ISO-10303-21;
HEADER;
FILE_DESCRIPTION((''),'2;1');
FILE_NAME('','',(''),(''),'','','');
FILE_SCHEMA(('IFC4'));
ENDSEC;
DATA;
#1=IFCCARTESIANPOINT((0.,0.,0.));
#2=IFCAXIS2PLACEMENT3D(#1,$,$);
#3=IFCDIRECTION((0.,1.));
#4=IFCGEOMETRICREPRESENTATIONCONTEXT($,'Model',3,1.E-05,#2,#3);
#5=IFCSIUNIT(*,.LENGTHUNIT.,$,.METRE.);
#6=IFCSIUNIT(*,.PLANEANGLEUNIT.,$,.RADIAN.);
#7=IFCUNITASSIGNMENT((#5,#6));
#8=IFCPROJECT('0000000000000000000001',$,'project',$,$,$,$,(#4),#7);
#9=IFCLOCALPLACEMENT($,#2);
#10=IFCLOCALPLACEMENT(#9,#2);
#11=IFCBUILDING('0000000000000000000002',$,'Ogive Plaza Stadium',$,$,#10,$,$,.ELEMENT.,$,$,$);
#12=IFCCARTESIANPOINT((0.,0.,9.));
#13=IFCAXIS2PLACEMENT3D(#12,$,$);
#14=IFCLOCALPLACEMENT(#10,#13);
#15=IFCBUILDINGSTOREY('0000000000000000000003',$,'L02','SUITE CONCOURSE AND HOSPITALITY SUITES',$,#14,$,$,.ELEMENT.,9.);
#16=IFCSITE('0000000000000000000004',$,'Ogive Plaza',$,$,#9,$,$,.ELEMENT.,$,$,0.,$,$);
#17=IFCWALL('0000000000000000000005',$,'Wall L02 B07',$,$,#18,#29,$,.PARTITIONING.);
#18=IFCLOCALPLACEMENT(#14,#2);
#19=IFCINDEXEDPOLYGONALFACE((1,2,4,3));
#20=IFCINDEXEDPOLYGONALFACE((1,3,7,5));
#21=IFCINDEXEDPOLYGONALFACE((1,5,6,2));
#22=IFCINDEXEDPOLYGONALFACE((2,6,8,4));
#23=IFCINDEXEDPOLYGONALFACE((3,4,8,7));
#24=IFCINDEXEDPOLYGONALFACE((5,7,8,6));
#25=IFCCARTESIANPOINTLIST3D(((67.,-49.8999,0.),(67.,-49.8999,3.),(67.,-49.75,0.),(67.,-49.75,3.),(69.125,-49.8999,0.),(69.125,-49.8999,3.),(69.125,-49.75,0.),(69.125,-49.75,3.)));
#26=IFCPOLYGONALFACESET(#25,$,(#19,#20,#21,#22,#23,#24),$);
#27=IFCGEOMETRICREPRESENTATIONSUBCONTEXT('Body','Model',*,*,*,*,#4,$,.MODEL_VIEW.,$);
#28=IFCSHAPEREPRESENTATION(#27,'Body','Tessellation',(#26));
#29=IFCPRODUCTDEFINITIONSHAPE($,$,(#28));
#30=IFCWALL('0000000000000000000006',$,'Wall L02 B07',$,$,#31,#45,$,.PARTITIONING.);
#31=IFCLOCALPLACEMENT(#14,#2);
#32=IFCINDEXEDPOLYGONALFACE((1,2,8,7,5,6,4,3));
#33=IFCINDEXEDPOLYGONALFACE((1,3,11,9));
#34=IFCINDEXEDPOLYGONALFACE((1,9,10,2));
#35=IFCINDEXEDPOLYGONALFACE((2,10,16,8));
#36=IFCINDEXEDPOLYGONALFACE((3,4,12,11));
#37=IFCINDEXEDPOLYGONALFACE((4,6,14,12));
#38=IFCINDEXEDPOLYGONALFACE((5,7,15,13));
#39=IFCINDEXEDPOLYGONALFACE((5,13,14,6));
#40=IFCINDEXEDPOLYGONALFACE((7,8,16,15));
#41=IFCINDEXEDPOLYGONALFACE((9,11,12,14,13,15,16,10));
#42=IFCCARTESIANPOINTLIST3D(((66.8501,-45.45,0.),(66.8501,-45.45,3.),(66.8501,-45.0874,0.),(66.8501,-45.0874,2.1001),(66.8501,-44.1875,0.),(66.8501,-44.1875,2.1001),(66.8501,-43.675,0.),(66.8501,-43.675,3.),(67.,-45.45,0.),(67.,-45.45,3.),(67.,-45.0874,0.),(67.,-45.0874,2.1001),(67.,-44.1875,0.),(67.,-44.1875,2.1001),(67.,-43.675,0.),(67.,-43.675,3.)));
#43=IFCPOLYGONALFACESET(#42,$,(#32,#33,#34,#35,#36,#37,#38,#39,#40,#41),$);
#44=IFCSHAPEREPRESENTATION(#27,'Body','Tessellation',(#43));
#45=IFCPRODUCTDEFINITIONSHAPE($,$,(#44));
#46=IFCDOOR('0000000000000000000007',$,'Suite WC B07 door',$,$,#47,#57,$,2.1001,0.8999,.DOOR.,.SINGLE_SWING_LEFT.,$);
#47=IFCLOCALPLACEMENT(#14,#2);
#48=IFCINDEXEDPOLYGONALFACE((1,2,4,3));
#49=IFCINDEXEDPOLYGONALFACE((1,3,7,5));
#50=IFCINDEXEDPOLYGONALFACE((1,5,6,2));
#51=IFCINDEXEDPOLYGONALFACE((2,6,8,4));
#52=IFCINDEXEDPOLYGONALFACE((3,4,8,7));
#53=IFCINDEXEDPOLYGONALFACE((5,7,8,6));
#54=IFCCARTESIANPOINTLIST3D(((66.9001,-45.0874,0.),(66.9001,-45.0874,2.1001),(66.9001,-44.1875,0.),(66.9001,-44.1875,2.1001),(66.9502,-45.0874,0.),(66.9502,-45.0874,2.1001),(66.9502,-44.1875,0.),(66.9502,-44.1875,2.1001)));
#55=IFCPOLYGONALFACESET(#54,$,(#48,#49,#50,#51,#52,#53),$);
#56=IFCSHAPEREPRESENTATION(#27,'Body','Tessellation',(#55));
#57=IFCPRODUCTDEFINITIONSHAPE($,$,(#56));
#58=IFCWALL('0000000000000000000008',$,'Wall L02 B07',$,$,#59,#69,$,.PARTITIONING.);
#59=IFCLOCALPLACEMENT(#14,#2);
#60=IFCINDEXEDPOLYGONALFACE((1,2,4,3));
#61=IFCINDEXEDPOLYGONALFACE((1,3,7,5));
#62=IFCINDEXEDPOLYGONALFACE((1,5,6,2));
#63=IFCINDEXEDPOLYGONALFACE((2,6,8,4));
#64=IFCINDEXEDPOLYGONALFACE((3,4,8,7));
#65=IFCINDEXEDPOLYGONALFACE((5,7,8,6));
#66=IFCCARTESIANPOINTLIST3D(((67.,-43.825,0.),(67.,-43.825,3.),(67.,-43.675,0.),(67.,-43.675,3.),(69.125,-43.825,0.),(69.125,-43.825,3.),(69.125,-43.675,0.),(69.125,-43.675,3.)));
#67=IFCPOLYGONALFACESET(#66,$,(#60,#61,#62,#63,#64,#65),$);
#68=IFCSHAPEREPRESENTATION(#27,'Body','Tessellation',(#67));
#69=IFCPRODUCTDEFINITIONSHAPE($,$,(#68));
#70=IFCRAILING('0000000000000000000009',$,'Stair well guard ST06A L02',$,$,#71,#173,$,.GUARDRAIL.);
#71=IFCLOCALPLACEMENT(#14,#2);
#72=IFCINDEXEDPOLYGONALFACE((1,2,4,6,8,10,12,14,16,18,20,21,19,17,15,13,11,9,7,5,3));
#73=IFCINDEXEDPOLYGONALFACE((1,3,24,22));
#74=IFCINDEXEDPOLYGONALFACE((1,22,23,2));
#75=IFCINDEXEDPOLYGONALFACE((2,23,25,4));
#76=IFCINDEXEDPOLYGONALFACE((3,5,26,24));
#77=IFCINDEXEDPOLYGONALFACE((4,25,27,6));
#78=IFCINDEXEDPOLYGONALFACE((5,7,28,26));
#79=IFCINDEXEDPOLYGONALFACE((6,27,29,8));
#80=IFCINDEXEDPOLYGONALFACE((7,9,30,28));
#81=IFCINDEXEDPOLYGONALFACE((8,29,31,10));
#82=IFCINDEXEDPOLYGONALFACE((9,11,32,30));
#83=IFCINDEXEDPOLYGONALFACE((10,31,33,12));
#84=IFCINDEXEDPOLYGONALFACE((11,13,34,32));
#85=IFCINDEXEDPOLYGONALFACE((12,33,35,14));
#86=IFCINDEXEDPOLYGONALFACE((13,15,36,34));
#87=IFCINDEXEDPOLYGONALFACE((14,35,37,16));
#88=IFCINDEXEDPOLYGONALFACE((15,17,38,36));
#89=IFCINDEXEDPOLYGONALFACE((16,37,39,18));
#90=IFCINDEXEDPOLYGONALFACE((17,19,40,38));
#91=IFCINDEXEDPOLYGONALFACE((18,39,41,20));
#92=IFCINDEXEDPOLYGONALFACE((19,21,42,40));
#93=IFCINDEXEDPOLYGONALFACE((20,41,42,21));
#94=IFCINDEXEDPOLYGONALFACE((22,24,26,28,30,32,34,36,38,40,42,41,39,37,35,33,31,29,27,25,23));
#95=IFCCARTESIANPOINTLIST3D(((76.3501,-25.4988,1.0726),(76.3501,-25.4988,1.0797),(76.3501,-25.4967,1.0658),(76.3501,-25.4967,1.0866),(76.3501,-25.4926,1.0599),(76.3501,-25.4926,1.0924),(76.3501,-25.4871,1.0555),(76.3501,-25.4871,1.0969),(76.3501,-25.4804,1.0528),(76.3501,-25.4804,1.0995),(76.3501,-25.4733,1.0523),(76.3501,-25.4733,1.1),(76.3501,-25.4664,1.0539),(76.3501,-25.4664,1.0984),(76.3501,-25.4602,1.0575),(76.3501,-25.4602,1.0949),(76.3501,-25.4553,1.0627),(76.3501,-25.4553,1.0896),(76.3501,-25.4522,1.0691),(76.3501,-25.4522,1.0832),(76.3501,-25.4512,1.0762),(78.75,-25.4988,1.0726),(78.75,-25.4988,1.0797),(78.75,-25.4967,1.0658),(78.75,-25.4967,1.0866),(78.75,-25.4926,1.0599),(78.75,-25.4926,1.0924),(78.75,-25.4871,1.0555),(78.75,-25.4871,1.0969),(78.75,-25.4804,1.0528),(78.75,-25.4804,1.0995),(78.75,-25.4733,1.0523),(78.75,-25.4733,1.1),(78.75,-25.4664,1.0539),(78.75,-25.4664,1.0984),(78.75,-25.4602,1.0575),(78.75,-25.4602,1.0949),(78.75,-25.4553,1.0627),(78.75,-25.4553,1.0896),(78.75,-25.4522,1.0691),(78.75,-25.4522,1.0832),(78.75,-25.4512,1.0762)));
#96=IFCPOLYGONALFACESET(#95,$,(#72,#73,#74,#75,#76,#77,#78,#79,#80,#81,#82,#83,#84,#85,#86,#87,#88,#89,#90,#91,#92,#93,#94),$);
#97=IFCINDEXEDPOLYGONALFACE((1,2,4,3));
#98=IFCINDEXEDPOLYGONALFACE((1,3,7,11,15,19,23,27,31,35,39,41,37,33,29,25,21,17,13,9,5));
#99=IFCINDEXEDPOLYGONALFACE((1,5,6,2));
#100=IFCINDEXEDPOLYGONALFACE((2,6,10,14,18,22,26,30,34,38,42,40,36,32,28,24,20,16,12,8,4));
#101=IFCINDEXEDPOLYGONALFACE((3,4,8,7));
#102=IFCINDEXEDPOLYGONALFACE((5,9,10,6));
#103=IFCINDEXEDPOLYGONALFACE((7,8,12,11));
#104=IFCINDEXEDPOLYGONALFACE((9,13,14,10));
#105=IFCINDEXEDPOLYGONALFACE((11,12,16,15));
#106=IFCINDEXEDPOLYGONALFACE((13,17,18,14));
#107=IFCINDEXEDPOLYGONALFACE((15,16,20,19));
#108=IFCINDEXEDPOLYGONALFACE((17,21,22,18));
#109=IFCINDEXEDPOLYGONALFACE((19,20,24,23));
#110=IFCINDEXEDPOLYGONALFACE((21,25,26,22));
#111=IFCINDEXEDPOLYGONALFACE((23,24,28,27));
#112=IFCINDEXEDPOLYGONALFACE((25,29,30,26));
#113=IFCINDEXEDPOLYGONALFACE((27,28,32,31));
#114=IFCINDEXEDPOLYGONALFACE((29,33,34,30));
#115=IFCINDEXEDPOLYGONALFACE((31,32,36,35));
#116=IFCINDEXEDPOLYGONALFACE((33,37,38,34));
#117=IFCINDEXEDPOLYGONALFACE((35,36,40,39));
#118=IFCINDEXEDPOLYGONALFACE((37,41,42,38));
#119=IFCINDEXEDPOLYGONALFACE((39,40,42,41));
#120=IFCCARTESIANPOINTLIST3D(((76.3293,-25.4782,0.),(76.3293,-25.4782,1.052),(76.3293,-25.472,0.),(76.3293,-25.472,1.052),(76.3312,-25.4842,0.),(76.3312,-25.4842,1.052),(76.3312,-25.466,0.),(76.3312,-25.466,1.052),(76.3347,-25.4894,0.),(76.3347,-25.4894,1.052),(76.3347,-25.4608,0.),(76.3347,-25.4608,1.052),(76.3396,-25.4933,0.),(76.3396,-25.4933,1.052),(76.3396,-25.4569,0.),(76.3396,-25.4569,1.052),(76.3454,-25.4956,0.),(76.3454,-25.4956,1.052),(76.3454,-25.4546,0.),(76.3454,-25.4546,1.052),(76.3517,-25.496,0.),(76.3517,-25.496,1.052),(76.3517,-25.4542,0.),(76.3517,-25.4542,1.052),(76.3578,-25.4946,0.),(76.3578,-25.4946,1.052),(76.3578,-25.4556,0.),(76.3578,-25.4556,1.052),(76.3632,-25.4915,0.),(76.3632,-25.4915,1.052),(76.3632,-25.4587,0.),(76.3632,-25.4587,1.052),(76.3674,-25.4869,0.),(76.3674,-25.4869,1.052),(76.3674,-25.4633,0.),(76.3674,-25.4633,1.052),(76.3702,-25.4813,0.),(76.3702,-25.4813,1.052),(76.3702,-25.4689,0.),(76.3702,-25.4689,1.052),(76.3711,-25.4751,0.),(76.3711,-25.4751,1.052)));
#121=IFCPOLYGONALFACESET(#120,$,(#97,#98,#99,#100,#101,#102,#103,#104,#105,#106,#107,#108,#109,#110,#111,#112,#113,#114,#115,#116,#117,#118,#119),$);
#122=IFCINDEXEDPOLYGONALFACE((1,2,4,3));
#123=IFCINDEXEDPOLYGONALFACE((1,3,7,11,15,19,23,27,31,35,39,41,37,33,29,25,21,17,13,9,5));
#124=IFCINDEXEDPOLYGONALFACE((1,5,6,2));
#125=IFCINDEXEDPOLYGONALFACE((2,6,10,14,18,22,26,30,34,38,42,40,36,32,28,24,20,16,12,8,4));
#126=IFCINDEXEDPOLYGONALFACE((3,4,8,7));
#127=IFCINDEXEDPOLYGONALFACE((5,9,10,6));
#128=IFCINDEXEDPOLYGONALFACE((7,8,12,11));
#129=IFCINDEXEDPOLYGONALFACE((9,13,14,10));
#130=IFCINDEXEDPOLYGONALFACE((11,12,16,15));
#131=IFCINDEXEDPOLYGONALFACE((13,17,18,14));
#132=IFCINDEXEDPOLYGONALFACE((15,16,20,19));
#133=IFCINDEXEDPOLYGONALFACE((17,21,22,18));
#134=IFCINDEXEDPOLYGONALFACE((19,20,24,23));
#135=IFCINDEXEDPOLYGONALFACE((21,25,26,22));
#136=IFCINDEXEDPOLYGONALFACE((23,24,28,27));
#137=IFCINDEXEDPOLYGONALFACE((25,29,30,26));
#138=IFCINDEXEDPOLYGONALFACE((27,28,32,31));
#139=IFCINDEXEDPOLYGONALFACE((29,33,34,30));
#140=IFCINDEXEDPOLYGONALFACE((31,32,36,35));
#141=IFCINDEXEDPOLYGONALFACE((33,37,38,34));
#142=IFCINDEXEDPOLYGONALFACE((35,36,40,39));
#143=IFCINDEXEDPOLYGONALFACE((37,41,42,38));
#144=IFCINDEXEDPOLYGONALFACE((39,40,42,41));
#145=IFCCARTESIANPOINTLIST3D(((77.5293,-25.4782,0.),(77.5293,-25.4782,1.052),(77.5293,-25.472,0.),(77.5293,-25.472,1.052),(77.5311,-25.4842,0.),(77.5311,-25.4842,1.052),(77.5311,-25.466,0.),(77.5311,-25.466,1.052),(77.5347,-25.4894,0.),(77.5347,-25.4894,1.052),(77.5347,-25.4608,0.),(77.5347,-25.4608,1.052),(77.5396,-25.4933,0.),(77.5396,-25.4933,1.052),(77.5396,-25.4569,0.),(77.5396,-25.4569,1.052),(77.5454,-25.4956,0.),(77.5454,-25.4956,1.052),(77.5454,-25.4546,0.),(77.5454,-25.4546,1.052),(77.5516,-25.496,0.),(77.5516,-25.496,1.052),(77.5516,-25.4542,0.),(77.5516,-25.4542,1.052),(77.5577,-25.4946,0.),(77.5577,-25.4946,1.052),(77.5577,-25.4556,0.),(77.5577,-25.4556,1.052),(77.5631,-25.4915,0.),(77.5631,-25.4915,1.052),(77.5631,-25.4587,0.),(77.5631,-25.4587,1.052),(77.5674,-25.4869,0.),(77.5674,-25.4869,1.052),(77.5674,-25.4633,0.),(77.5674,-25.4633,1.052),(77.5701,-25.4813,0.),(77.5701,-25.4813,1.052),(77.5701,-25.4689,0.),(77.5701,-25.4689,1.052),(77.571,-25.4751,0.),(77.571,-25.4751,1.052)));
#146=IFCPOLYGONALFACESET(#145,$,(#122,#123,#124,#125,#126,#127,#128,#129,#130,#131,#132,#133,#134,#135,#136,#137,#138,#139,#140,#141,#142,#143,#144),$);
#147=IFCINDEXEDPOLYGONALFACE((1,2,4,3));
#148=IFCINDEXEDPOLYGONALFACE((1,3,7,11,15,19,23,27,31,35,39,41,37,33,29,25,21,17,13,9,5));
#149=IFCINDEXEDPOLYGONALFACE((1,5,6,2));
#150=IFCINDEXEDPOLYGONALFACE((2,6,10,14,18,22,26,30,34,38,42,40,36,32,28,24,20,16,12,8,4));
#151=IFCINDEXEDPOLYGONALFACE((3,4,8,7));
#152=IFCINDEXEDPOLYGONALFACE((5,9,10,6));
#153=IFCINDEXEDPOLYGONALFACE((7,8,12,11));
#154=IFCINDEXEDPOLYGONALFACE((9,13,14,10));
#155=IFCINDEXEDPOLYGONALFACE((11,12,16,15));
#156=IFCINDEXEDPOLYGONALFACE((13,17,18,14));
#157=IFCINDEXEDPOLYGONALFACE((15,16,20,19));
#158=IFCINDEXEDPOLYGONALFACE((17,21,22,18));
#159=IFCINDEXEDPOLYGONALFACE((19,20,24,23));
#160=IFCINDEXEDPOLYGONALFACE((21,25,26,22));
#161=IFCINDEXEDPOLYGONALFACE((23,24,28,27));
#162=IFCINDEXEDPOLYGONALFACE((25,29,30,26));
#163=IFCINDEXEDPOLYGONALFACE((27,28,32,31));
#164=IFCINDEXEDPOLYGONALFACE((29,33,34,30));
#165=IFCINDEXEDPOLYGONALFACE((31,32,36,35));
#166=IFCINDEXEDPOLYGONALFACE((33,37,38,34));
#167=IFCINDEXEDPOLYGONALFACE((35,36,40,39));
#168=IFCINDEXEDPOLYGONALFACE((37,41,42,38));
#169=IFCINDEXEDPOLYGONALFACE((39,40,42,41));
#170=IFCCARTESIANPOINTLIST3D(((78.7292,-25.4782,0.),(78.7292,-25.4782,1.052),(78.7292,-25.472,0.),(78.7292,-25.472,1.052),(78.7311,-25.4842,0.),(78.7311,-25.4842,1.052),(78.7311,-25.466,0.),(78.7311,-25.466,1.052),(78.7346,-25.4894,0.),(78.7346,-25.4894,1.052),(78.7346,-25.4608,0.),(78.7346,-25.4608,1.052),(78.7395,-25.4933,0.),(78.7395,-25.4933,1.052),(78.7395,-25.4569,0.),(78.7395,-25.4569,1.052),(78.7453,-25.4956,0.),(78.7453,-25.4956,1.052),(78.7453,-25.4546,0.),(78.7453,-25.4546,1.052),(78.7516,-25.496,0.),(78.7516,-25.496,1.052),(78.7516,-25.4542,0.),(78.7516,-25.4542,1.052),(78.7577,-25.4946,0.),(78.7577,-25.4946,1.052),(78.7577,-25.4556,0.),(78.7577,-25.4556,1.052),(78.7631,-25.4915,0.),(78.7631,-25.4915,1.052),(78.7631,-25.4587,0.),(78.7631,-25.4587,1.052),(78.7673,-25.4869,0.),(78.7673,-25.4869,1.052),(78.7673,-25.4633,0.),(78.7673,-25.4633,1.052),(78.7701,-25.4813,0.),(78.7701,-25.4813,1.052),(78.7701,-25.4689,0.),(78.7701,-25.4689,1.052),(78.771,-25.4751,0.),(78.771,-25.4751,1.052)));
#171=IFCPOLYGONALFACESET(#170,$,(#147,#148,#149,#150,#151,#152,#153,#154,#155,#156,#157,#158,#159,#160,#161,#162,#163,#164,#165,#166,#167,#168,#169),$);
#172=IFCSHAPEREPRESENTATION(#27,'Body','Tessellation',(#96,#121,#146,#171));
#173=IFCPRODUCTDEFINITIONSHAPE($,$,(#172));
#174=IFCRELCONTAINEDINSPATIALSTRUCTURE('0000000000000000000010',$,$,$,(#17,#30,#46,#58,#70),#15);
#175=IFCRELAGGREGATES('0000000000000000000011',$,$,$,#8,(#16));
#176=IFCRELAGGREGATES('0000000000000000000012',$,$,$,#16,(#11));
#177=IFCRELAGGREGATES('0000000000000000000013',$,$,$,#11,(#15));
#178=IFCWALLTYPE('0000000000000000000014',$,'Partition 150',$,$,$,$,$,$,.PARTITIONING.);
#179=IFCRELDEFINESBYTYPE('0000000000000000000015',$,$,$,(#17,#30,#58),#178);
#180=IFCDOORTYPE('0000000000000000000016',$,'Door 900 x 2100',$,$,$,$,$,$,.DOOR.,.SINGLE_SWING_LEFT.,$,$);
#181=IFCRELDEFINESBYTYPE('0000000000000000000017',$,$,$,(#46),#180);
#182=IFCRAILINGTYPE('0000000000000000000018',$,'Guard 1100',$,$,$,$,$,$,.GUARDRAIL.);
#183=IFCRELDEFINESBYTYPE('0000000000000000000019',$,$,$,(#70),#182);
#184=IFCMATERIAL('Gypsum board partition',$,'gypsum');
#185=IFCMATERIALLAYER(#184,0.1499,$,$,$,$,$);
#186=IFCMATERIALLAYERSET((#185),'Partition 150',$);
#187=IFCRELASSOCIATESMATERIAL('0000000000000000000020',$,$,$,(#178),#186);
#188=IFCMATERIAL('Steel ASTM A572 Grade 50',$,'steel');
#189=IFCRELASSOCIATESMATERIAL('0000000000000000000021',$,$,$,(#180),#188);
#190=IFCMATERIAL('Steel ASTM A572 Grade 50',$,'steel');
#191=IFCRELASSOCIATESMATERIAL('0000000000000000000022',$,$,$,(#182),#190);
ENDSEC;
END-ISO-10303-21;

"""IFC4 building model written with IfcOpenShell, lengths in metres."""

from ifc_helpers import new_model, si_unit, direction, frame, frame_2d, origin, origin_2d, place, context, subcontext, project, spatial, rectangle, circle, extrude, material, layer, layer_set, type_object, element, fill, save


model = new_model("IFC4")

# Units and contexts
model_context = context("Model", 3, precision=1e-05, world=origin(), true_north=direction((0.0, 1.0)))
body_context = subcontext(model_context, "Body", "Model", "MODEL_VIEW")
ifc_project = project(units=[si_unit("LENGTHUNIT", "METRE"), si_unit("PLANEANGLEUNIT", "RADIAN")], contexts=[model_context])

# Site, building, storey
site_placement = place(None, origin())
site = spatial("IfcSite", under=ifc_project, at=site_placement, Name="Ogive Plaza", CompositionType="ELEMENT", RefElevation=0.0)
building_placement = place(site_placement, origin())
building = spatial("IfcBuilding", under=site, at=building_placement, Name="Ogive Plaza Stadium", CompositionType="ELEMENT")
storey_placement = place(building_placement, frame((0.0, 0.0, 9.0)))
storey = spatial("IfcBuildingStorey", under=building, at=storey_placement, Name="L02", Description="SUITE CONCOURSE AND HOSPITALITY SUITES", CompositionType="ELEMENT", Elevation=9.0)

# Shared definitions
ifc_material_1 = material(Name="Gypsum board partition", Category="gypsum")
ifc_layer_1 = layer(ifc_material_1, 0.1499)
ifc_layer_set_1 = layer_set([ifc_layer_1], Name="Partition 150")
wall_type_1 = type_object("IfcWallType", Name="Partition 150", PredefinedType="PARTITIONING", material=ifc_layer_set_1)

# Shared definitions
ifc_material_2 = material(Name="Steel ASTM A572 Grade 50", Category="steel")
door_type_1 = type_object("IfcDoorType", Name="Door 900 x 2100", OperationType="SINGLE_SWING_LEFT", PredefinedType="DOOR", material=ifc_material_2)

# Wall
for number, where, z_axis, x_axis, name in (
    (1, (67.0, -49.825, 0.0), (0.0, 0.0, 1.0), (1.0, 0.0, 0.0), "Wall L02 B07"),
):
    element("IfcWall", number, at=place(storey_placement, frame(where, z_axis=z_axis, x_axis=x_axis)), inside=storey, type_object=wall_type_1, Name=name, PredefinedType="PARTITIONING", context=body_context, shape_type="SweptSolid", body=[
        extrude(rectangle(XDim=2.125, YDim=0.1499, at=frame_2d((1.0625, 0.0))), origin(), (0.0, 0.0, 1.0), 3.0),
    ])

# Wall, opening, door
wall_1_placement = place(storey_placement, frame((66.925, -45.45, 0.0), z_axis=(0.0, 0.0, 1.0), x_axis=(0.0, 1.0, 0.0)))
wall_1 = element("IfcWall", 2, at=wall_1_placement, inside=storey, type_object=wall_type_1, Name="Wall L02 B07", PredefinedType="PARTITIONING", context=body_context, shape_type="SweptSolid", body=[
    extrude(rectangle(XDim=1.7749, YDim=0.1499, at=frame_2d((0.8875, 0.0))), origin(), (0.0, 0.0, 1.0), 3.0),
])
opening_1_placement = place(wall_1_placement, frame((0.3625, 0.0, 0.0)))
opening_1 = element("IfcOpeningElement", 3, at=opening_1_placement, cuts=wall_1, PredefinedType="OPENING", context=body_context, shape_type="SweptSolid", body=[
    extrude(rectangle(XDim=0.8999, YDim=2.1001, at=frame_2d((0.45, 1.05))), frame((0.0, 0.075, 0.0), z_axis=(0.0, -1.0, 0.0), x_axis=(1.0, 0.0, 0.0)), (0.0, 0.0, 1.0), 0.1499),
])
door_1_placement = place(opening_1_placement, origin())
door_1 = element("IfcDoor", 4, at=door_1_placement, inside=storey, type_object=door_type_1, Name="Suite WC B07 door", OperationType="SINGLE_SWING_LEFT", OverallHeight=2.1001, OverallWidth=0.8999, PredefinedType="DOOR", context=body_context, shape_type="SweptSolid", body=[
    extrude(rectangle(XDim=0.8999, YDim=2.1001, at=frame_2d((0.45, 1.05))), frame((0.0, 0.0249, 0.0), z_axis=(0.0, -1.0, 0.0), x_axis=(1.0, 0.0, 0.0)), (0.0, 0.0, 1.0), 0.05),
])
fill(opening_1, door_1)

# Wall
wall_2_placement = place(storey_placement, frame((67.0, -43.75, 0.0), z_axis=(0.0, 0.0, 1.0), x_axis=(1.0, 0.0, 0.0)))
element("IfcWall", 5, at=wall_2_placement, inside=storey, type_object=wall_type_1, Name="Wall L02 B07", PredefinedType="PARTITIONING", context=body_context, shape_type="SweptSolid", body=[
    extrude(rectangle(XDim=2.125, YDim=0.1499, at=frame_2d((1.0625, 0.0))), origin(), (0.0, 0.0, 1.0), 3.0),
])

# Railing
ifc_material_3 = material(Name="Steel ASTM A572 Grade 50", Category="steel")
railing_type_1 = type_object("IfcRailingType", Name="Guard 1100", PredefinedType="GUARDRAIL", material=ifc_material_3)
for number, where, name in (
    (6, (76.3501, -25.4751, 0.0), "Stair well guard ST06A L02"),
):
    element("IfcRailing", number, at=place(storey_placement, frame(where)), inside=storey, type_object=railing_type_1, Name=name, PredefinedType="GUARDRAIL", context=body_context, shape_type="SweptSolid", body=[
        extrude(circle(Radius=0.0239, at=origin_2d()), frame((0.0, 0.0, 1.0762), z_axis=(1.0, 0.0, 0.0), x_axis=(0.0, 1.0, 0.0)), (0.0, 0.0, 1.0), 2.3999),
        extrude(circle(Radius=0.021, at=origin_2d()), origin(), (0.0, 0.0, 1.0), 1.052),
        extrude(circle(Radius=0.021, at=origin_2d()), frame((1.2, 0.0, 0.0)), (0.0, 0.0, 1.0), 1.052),
        extrude(circle(Radius=0.021, at=origin_2d()), frame((2.3999, 0.0, 0.0)), (0.0, 0.0, 1.0), 1.052),
    ])

save(model, "model.ifc")
